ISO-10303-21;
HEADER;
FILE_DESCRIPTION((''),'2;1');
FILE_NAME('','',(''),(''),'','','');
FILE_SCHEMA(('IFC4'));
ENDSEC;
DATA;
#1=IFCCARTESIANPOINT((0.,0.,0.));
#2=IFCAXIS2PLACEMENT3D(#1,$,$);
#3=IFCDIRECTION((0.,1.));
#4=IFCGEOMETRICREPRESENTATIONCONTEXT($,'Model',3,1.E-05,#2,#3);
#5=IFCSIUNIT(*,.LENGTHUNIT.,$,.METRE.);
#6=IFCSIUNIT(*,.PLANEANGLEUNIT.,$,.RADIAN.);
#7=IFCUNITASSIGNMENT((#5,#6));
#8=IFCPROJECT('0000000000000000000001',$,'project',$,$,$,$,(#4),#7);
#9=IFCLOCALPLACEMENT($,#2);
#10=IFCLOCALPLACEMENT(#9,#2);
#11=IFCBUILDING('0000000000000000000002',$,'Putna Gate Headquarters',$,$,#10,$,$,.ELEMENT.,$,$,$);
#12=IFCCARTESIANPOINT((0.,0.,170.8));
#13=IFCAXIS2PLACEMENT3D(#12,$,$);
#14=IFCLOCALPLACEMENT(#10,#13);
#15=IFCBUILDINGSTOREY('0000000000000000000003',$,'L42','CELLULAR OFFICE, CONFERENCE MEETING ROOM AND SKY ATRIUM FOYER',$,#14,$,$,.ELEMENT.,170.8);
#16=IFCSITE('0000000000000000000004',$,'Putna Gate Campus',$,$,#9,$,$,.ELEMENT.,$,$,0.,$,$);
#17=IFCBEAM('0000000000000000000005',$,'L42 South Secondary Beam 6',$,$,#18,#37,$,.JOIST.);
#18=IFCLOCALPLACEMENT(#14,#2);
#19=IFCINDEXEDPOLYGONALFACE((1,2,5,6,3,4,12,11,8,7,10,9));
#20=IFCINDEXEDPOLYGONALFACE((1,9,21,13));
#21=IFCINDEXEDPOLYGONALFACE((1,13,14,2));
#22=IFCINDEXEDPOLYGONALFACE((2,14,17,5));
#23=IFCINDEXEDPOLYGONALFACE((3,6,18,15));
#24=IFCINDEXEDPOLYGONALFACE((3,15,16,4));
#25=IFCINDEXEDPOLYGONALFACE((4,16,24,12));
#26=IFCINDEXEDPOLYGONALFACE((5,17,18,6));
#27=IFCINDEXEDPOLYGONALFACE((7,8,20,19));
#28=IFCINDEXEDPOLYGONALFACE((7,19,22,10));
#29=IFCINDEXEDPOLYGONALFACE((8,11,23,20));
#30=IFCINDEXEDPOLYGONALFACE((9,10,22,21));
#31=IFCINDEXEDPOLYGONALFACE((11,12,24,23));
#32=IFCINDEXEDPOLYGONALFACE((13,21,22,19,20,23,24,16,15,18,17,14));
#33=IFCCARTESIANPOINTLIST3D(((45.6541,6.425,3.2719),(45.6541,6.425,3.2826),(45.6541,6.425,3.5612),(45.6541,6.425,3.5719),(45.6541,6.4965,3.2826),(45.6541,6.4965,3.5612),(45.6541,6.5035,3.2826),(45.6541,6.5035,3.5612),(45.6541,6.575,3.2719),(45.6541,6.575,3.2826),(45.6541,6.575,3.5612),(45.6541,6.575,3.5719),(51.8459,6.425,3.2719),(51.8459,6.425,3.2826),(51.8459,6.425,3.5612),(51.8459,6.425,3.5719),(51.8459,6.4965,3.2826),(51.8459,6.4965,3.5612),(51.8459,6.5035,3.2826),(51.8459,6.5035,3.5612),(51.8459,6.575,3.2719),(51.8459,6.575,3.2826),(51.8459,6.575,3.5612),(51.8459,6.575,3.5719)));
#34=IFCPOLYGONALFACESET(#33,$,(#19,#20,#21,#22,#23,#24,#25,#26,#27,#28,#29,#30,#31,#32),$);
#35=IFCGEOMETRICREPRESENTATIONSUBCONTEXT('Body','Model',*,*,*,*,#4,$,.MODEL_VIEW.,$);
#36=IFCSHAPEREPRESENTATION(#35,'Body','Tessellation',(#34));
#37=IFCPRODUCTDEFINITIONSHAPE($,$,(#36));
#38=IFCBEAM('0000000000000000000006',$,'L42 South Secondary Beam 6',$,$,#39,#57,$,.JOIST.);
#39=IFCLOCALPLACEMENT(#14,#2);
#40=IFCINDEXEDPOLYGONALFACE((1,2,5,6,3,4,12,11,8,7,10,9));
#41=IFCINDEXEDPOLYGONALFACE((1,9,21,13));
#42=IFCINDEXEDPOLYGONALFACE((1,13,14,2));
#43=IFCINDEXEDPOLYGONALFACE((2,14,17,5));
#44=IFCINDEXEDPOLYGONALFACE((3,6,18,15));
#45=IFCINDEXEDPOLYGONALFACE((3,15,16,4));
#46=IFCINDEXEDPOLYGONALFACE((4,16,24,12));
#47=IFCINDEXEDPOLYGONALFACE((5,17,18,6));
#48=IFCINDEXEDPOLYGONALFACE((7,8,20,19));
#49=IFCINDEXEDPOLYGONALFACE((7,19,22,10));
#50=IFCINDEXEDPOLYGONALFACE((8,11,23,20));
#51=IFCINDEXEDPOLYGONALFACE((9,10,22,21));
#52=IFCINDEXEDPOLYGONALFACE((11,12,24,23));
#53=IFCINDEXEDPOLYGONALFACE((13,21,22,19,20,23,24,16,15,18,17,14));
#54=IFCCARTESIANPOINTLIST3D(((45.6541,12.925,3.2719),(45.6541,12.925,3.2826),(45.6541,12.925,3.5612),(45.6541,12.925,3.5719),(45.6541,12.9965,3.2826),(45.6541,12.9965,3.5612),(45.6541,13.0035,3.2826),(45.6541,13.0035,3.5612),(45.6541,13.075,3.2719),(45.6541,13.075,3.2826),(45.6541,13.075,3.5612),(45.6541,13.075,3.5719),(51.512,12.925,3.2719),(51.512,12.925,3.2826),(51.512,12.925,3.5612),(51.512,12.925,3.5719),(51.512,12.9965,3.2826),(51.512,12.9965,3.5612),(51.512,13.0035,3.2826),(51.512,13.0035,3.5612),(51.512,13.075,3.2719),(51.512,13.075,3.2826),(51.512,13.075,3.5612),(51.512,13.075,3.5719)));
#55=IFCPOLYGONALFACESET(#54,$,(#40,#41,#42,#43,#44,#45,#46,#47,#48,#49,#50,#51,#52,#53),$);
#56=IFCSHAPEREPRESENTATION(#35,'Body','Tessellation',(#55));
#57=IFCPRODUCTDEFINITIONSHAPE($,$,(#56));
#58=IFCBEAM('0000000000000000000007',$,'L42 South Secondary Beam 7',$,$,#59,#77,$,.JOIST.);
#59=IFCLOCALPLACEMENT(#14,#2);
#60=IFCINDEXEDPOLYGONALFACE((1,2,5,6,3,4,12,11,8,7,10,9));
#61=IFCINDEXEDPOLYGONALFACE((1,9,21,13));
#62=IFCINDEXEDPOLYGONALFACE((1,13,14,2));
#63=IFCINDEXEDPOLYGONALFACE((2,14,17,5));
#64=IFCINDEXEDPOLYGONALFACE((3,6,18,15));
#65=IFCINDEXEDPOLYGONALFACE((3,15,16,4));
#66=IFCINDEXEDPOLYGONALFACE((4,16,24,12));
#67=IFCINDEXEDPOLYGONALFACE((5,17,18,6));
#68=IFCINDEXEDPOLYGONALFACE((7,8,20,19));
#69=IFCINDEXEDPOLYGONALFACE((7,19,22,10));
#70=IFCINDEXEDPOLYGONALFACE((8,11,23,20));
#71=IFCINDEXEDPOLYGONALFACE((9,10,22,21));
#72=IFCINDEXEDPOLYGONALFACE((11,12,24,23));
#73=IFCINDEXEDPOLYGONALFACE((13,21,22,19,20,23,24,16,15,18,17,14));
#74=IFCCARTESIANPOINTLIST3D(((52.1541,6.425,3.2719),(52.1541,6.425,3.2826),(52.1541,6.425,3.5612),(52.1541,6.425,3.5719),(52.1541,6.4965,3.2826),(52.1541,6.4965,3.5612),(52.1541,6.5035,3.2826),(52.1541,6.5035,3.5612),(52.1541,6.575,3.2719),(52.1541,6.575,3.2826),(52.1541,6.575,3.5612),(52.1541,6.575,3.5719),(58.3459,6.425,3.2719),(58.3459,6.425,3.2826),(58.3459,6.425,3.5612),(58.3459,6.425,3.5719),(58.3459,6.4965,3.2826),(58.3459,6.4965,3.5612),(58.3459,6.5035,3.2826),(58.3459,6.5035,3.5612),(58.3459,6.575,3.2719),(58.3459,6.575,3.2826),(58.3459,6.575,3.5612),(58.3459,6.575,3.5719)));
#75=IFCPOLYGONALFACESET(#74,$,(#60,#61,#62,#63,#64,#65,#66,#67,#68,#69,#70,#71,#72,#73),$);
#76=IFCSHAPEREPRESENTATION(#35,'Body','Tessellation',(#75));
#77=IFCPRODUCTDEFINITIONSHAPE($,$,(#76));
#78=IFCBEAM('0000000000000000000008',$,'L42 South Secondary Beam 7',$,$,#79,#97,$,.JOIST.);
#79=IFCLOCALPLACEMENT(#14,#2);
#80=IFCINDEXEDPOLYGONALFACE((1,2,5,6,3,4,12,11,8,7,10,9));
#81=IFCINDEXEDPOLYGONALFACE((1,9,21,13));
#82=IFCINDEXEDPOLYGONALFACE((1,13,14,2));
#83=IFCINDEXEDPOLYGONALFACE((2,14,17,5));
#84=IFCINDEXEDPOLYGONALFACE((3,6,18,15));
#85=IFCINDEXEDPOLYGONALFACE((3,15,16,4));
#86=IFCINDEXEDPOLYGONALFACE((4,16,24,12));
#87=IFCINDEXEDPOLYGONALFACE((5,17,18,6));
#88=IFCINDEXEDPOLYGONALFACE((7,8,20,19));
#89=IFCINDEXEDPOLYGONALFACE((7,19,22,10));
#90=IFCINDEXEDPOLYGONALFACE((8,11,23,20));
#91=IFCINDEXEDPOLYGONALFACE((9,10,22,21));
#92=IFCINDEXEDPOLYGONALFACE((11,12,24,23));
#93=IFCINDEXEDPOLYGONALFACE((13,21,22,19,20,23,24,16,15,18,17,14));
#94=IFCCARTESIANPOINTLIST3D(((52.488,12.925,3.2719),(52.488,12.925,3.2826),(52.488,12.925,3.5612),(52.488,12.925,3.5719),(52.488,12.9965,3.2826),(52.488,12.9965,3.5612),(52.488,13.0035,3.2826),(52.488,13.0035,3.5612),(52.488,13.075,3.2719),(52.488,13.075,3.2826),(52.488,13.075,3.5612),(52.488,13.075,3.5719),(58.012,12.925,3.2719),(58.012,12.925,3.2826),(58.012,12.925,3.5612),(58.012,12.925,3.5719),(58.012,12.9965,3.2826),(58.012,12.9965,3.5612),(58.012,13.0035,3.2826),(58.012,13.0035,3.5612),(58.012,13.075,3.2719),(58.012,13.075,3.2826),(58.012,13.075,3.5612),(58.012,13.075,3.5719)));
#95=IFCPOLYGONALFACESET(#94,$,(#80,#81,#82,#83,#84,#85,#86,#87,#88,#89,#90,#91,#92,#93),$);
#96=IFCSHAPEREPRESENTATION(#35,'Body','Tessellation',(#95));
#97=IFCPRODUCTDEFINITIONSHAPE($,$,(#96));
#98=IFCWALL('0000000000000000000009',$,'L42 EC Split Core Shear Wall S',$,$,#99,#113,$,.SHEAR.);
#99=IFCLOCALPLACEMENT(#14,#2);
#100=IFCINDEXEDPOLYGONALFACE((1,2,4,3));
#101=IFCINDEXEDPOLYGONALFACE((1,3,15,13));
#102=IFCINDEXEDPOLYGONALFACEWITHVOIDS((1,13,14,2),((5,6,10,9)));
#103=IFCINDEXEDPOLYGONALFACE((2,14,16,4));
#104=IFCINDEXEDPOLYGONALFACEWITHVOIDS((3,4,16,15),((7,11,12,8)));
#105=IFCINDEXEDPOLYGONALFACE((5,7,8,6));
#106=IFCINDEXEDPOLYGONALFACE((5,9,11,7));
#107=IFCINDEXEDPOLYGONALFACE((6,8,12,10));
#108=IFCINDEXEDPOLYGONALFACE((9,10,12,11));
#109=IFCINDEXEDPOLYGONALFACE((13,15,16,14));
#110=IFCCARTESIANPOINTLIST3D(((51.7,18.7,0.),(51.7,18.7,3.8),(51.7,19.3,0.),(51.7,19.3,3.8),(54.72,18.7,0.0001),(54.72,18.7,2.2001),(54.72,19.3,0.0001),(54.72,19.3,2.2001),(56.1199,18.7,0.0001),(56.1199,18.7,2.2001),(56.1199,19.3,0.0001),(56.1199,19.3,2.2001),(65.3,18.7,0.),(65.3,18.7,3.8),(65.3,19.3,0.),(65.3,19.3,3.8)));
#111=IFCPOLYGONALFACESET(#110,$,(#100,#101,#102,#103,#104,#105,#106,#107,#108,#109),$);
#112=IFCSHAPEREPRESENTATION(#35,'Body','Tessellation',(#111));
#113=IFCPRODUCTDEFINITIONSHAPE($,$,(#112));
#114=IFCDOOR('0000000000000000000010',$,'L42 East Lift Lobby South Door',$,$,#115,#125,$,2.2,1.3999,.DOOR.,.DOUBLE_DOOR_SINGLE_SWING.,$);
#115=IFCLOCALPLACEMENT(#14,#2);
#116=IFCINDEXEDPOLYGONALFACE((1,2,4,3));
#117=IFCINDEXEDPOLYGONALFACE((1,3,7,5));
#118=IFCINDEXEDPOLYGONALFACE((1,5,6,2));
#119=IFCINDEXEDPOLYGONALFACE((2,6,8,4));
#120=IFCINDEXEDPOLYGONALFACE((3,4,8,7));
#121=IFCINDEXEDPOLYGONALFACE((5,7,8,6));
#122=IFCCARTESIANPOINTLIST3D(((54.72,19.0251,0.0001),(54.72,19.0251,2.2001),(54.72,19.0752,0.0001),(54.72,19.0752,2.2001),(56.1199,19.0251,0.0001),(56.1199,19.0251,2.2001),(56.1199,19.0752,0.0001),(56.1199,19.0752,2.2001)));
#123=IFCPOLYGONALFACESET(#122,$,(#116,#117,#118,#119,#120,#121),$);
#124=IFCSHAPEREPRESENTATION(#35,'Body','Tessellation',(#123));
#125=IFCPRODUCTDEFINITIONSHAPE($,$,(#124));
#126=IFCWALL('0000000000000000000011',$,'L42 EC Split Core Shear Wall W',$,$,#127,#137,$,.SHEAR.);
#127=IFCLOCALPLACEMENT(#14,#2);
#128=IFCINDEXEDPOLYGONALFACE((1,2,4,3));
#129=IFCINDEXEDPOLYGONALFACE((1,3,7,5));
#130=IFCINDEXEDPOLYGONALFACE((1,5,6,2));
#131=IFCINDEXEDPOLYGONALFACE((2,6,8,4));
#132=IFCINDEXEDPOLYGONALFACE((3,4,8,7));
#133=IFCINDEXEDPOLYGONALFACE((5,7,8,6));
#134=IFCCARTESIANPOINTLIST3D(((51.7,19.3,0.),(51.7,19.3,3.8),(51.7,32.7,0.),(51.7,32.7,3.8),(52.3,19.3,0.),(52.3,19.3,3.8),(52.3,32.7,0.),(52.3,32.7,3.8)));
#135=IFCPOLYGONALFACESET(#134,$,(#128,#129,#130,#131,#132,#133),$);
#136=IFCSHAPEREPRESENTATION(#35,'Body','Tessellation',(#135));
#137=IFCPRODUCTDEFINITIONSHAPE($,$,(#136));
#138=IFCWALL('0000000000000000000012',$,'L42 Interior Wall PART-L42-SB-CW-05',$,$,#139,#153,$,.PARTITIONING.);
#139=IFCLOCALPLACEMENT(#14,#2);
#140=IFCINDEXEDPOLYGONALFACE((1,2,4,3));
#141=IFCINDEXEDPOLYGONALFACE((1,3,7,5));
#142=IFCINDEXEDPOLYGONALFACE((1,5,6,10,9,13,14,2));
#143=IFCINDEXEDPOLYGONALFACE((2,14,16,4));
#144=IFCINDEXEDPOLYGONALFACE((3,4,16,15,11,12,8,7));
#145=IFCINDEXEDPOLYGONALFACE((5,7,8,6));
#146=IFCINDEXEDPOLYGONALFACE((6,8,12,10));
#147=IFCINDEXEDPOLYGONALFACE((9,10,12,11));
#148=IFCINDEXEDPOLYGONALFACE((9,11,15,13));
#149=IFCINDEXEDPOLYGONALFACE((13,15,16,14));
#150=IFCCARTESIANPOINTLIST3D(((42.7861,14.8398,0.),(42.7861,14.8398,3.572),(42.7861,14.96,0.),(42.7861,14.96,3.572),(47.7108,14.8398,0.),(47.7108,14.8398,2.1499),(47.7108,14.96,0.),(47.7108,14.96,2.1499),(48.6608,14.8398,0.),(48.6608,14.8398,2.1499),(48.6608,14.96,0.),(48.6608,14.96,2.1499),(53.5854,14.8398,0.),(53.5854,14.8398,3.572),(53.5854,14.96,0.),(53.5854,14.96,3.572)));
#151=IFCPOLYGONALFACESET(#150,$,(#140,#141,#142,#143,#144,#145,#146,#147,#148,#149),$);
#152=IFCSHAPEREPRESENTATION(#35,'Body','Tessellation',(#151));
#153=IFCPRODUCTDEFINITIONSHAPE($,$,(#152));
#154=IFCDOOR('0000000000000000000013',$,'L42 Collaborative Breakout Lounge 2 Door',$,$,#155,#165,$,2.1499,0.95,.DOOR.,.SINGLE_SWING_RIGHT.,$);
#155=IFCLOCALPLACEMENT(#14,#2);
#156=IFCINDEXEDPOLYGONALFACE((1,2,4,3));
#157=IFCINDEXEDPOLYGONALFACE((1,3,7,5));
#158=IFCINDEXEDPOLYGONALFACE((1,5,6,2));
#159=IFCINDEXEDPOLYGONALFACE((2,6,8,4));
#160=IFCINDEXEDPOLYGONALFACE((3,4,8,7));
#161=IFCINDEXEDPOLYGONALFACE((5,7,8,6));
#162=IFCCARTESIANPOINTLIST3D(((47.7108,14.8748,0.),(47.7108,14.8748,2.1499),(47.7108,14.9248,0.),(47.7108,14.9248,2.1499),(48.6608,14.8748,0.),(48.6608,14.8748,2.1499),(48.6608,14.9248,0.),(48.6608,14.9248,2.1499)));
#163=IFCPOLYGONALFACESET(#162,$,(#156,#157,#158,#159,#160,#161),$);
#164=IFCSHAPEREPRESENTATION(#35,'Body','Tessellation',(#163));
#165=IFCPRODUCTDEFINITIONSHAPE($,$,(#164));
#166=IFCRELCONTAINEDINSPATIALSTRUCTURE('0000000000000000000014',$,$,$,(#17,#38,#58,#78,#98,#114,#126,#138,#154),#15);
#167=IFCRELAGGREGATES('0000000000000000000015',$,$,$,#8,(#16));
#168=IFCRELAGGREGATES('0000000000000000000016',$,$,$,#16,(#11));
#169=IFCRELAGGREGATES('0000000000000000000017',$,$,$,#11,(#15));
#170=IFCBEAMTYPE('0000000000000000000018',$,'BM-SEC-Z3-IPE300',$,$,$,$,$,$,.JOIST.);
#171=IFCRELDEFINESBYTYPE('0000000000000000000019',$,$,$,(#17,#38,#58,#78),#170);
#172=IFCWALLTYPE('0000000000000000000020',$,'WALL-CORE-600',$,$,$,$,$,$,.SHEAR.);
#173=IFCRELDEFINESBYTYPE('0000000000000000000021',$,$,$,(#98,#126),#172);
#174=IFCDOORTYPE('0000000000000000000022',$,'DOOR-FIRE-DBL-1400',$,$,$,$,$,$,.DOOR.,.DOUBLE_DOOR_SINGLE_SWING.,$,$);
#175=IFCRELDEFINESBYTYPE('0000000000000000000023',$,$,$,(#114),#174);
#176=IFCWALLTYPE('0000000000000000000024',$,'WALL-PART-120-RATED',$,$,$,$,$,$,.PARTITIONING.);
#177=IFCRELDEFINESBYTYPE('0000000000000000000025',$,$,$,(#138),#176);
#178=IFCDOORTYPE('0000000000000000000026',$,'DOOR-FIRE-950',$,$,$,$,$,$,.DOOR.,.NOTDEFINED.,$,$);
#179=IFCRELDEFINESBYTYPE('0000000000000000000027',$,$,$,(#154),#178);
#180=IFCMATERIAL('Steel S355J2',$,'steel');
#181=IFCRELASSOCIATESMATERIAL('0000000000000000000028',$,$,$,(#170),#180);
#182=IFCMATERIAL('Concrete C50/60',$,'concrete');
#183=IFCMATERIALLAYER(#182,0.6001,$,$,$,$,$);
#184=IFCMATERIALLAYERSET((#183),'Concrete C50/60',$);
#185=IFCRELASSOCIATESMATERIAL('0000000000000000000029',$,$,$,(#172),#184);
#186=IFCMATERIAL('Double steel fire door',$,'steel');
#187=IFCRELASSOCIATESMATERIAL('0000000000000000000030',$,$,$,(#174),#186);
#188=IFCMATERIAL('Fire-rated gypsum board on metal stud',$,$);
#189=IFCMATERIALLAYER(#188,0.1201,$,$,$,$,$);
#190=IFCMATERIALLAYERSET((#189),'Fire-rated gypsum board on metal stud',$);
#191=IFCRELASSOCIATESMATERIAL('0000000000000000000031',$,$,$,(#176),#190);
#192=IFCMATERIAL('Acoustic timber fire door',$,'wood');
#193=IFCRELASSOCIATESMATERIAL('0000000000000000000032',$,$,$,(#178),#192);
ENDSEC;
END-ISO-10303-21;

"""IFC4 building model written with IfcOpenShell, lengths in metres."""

from ifc_helpers import new_model, si_unit, direction, frame, frame_2d, origin, origin_2d, place, context, subcontext, project, spatial, rectangle, i_section, extrude, material, layer, layer_set, material_profile, profile_set, type_object, element, fill, save


model = new_model("IFC4")

# Units and contexts
model_context = context("Model", 3, precision=1e-05, world=origin(), true_north=direction((0.0, 1.0)))
body_context = subcontext(model_context, "Body", "Model", "MODEL_VIEW")
ifc_project = project(units=[si_unit("LENGTHUNIT", "METRE"), si_unit("PLANEANGLEUNIT", "RADIAN")], contexts=[model_context])

# Site, building, storey
site_placement = place(None, origin())
site = spatial("IfcSite", under=ifc_project, at=site_placement, Name="Putna Gate Campus", CompositionType="ELEMENT", RefElevation=0.0)
building_placement = place(site_placement, origin())
building = spatial("IfcBuilding", under=site, at=building_placement, Name="Putna Gate Headquarters", CompositionType="ELEMENT")
storey_placement = place(building_placement, frame((0.0, 0.0, 170.8)))
storey = spatial("IfcBuildingStorey", under=building, at=storey_placement, Name="L42", Description="CELLULAR OFFICE, CONFERENCE MEETING ROOM AND SKY ATRIUM FOYER", CompositionType="ELEMENT", Elevation=170.8)

# Shared definitions
ifc_material_1 = material(Name="Concrete C50/60", Category="concrete")

# Beams
ifc_material_2 = material(Name="Steel S355J2", Category="steel")
ifc_material_profile_1 = material_profile(ifc_material_2, i_section(OverallWidth=0.1499, OverallDepth=0.3, WebThickness=0.0071, FlangeThickness=0.0107, at=origin_2d()), Name="Steel S355J2")
ifc_profile_set_1 = profile_set([ifc_material_profile_1], Name="Steel S355J2")
beam_type_1 = type_object("IfcBeamType", Name="BM-SEC-Z3-IPE300", PredefinedType="JOIST", material=ifc_profile_set_1)
for number, where, z_axis, x_axis, name in (
    (1, (45.6541, 6.5, 3.4219), (1.0, 0.0, 0.0), (0.0, 1.0, 0.0), "L42 South Secondary Beam 6"),
):
    element("IfcBeam", number, at=place(storey_placement, frame(where, z_axis=z_axis, x_axis=x_axis)), inside=storey, type_object=beam_type_1, Name=name, PredefinedType="JOIST", context=body_context, shape_type="SweptSolid", body=[
        extrude(i_section(OverallWidth=0.1499, OverallDepth=0.3, WebThickness=0.0071, FlangeThickness=0.0107, at=origin_2d()), origin(), (0.0, 0.0, 1.0), 6.1919),
    ])
beam_1_placement = place(storey_placement, frame((45.6541, 13.0, 3.4219), z_axis=(1.0, 0.0, 0.0), x_axis=(0.0, 1.0, 0.0)))
element("IfcBeam", 2, at=beam_1_placement, inside=storey, type_object=beam_type_1, Name="L42 South Secondary Beam 6", PredefinedType="JOIST", context=body_context, shape_type="SweptSolid", body=[
    extrude(i_section(OverallWidth=0.1499, OverallDepth=0.3, WebThickness=0.0071, FlangeThickness=0.0107, at=origin_2d()), origin(), (0.0, 0.0, 1.0), 5.8579),
])
beam_2_placement = place(storey_placement, frame((52.1541, 6.5, 3.4219), z_axis=(1.0, 0.0, 0.0), x_axis=(0.0, 1.0, 0.0)))
element("IfcBeam", 3, at=beam_2_placement, inside=storey, type_object=beam_type_1, Name="L42 South Secondary Beam 7", PredefinedType="JOIST", context=body_context, shape_type="SweptSolid", body=[
    extrude(i_section(OverallWidth=0.1499, OverallDepth=0.3, WebThickness=0.0071, FlangeThickness=0.0107, at=origin_2d()), origin(), (0.0, 0.0, 1.0), 6.1919),
])
beam_3_placement = place(storey_placement, frame((52.488, 13.0, 3.4219), z_axis=(1.0, 0.0, 0.0), x_axis=(0.0, 1.0, 0.0)))
element("IfcBeam", 4, at=beam_3_placement, inside=storey, type_object=beam_type_1, Name="L42 South Secondary Beam 7", PredefinedType="JOIST", context=body_context, shape_type="SweptSolid", body=[
    extrude(i_section(OverallWidth=0.1499, OverallDepth=0.3, WebThickness=0.0071, FlangeThickness=0.0107, at=origin_2d()), origin(), (0.0, 0.0, 1.0), 5.5239),
])

# Wall, opening, door
ifc_layer_1 = layer(ifc_material_1, 0.6001)
ifc_layer_set_1 = layer_set([ifc_layer_1], Name="Concrete C50/60")
wall_type_1 = type_object("IfcWallType", Name="WALL-CORE-600", PredefinedType="SHEAR", material=ifc_layer_set_1)
wall_1_placement = place(storey_placement, frame((51.7, 19.0, 0.0), z_axis=(0.0, 0.0, 1.0), x_axis=(1.0, 0.0, 0.0)))
wall_1 = element("IfcWall", 5, at=wall_1_placement, inside=storey, type_object=wall_type_1, Name="L42 EC Split Core Shear Wall S", PredefinedType="SHEAR", context=body_context, shape_type="SweptSolid", body=[
    extrude(rectangle(XDim=13.6001, YDim=0.6001, at=frame_2d((6.8, 0.0))), origin(), (0.0, 0.0, 1.0), 3.8),
])
opening_1_placement = place(wall_1_placement, frame((3.02, 0.0, 0.0)))
opening_1 = element("IfcOpeningElement", 6, at=opening_1_placement, cuts=wall_1, PredefinedType="OPENING", context=body_context, shape_type="SweptSolid", body=[
    extrude(rectangle(XDim=1.3999, YDim=2.2, at=frame_2d((0.7, 1.1001))), frame((0.0, 0.3101, 0.0), z_axis=(0.0, -1.0, 0.0), x_axis=(1.0, 0.0, 0.0)), (0.0, 0.0, 1.0), 0.6201),
])
ifc_material_3 = material(Name="Double steel fire door", Category="steel")
door_type_1 = type_object("IfcDoorType", Name="DOOR-FIRE-DBL-1400", OperationType="DOUBLE_DOOR_SINGLE_SWING", PredefinedType="DOOR", material=ifc_material_3)
door_1_placement = place(opening_1_placement, origin())
door_1 = element("IfcDoor", 7, at=door_1_placement, inside=storey, type_object=door_type_1, Name="L42 East Lift Lobby South Door", OperationType="DOUBLE_DOOR_SINGLE_SWING", OverallHeight=2.2, OverallWidth=1.3999, PredefinedType="DOOR", context=body_context, shape_type="SweptSolid", body=[
    extrude(rectangle(XDim=1.3999, YDim=2.2, at=frame_2d((0.7, 1.1001))), frame((0.0, 0.0752, 0.0), z_axis=(0.0, -1.0, 0.0), x_axis=(1.0, 0.0, 0.0)), (0.0, 0.0, 1.0), 0.05),
])
fill(opening_1, door_1)

# Wall
wall_2_placement = place(storey_placement, frame((52.0, 19.3, 0.0), z_axis=(0.0, 0.0, 1.0), x_axis=(0.0, 1.0, 0.0)))
element("IfcWall", 8, at=wall_2_placement, inside=storey, type_object=wall_type_1, Name="L42 EC Split Core Shear Wall W", PredefinedType="SHEAR", context=body_context, shape_type="SweptSolid", body=[
    extrude(rectangle(XDim=13.3999, YDim=0.6001, at=frame_2d((6.7, 0.0))), origin(), (0.0, 0.0, 1.0), 3.8),
])

# Wall, opening, door
ifc_material_4 = material(Name="Fire-rated gypsum board on metal stud")
ifc_layer_2 = layer(ifc_material_4, 0.1201)
ifc_layer_set_2 = layer_set([ifc_layer_2], Name="Fire-rated gypsum board on metal stud")
wall_type_2 = type_object("IfcWallType", Name="WALL-PART-120-RATED", PredefinedType="PARTITIONING", material=ifc_layer_set_2)
wall_3_placement = place(storey_placement, frame((42.7861, 14.8999, 0.0), z_axis=(0.0, 0.0, 1.0), x_axis=(1.0, 0.0, 0.0)))
wall_3 = element("IfcWall", 9, at=wall_3_placement, inside=storey, type_object=wall_type_2, Name="L42 Interior Wall PART-L42-SB-CW-05", PredefinedType="PARTITIONING", context=body_context, shape_type="SweptSolid", body=[
    extrude(rectangle(XDim=10.7993, YDim=0.1201, at=frame_2d((5.3997, 0.0))), origin(), (0.0, 0.0, 1.0), 3.572),
])
opening_2_placement = place(wall_3_placement, frame((4.9246, 0.0, 0.0)))
opening_2 = element("IfcOpeningElement", 10, at=opening_2_placement, cuts=wall_3, PredefinedType="OPENING", context=body_context, shape_type="SweptSolid", body=[
    extrude(rectangle(XDim=0.95, YDim=2.1499, at=frame_2d((0.4751, 1.075))), frame((0.0, 0.0701, 0.0), z_axis=(0.0, -1.0, 0.0), x_axis=(1.0, 0.0, 0.0)), (0.0, 0.0, 1.0), 0.1401),
])
ifc_material_5 = material(Name="Acoustic timber fire door", Category="wood")
door_type_2 = type_object("IfcDoorType", Name="DOOR-FIRE-950", OperationType="NOTDEFINED", PredefinedType="DOOR", material=ifc_material_5)
door_2_placement = place(opening_2_placement, origin())
door_2 = element("IfcDoor", 11, at=door_2_placement, inside=storey, type_object=door_type_2, Name="L42 Collaborative Breakout Lounge 2 Door", OperationType="SINGLE_SWING_RIGHT", OverallHeight=2.1499, OverallWidth=0.95, PredefinedType="DOOR", context=body_context, shape_type="SweptSolid", body=[
    extrude(rectangle(XDim=0.95, YDim=2.1499, at=frame_2d((0.4751, 1.075))), frame((0.0, 0.0249, 0.0), z_axis=(0.0, -1.0, 0.0), x_axis=(1.0, 0.0, 0.0)), (0.0, 0.0, 1.0), 0.05),
])
fill(opening_2, door_2)

save(model, "model.ifc")
